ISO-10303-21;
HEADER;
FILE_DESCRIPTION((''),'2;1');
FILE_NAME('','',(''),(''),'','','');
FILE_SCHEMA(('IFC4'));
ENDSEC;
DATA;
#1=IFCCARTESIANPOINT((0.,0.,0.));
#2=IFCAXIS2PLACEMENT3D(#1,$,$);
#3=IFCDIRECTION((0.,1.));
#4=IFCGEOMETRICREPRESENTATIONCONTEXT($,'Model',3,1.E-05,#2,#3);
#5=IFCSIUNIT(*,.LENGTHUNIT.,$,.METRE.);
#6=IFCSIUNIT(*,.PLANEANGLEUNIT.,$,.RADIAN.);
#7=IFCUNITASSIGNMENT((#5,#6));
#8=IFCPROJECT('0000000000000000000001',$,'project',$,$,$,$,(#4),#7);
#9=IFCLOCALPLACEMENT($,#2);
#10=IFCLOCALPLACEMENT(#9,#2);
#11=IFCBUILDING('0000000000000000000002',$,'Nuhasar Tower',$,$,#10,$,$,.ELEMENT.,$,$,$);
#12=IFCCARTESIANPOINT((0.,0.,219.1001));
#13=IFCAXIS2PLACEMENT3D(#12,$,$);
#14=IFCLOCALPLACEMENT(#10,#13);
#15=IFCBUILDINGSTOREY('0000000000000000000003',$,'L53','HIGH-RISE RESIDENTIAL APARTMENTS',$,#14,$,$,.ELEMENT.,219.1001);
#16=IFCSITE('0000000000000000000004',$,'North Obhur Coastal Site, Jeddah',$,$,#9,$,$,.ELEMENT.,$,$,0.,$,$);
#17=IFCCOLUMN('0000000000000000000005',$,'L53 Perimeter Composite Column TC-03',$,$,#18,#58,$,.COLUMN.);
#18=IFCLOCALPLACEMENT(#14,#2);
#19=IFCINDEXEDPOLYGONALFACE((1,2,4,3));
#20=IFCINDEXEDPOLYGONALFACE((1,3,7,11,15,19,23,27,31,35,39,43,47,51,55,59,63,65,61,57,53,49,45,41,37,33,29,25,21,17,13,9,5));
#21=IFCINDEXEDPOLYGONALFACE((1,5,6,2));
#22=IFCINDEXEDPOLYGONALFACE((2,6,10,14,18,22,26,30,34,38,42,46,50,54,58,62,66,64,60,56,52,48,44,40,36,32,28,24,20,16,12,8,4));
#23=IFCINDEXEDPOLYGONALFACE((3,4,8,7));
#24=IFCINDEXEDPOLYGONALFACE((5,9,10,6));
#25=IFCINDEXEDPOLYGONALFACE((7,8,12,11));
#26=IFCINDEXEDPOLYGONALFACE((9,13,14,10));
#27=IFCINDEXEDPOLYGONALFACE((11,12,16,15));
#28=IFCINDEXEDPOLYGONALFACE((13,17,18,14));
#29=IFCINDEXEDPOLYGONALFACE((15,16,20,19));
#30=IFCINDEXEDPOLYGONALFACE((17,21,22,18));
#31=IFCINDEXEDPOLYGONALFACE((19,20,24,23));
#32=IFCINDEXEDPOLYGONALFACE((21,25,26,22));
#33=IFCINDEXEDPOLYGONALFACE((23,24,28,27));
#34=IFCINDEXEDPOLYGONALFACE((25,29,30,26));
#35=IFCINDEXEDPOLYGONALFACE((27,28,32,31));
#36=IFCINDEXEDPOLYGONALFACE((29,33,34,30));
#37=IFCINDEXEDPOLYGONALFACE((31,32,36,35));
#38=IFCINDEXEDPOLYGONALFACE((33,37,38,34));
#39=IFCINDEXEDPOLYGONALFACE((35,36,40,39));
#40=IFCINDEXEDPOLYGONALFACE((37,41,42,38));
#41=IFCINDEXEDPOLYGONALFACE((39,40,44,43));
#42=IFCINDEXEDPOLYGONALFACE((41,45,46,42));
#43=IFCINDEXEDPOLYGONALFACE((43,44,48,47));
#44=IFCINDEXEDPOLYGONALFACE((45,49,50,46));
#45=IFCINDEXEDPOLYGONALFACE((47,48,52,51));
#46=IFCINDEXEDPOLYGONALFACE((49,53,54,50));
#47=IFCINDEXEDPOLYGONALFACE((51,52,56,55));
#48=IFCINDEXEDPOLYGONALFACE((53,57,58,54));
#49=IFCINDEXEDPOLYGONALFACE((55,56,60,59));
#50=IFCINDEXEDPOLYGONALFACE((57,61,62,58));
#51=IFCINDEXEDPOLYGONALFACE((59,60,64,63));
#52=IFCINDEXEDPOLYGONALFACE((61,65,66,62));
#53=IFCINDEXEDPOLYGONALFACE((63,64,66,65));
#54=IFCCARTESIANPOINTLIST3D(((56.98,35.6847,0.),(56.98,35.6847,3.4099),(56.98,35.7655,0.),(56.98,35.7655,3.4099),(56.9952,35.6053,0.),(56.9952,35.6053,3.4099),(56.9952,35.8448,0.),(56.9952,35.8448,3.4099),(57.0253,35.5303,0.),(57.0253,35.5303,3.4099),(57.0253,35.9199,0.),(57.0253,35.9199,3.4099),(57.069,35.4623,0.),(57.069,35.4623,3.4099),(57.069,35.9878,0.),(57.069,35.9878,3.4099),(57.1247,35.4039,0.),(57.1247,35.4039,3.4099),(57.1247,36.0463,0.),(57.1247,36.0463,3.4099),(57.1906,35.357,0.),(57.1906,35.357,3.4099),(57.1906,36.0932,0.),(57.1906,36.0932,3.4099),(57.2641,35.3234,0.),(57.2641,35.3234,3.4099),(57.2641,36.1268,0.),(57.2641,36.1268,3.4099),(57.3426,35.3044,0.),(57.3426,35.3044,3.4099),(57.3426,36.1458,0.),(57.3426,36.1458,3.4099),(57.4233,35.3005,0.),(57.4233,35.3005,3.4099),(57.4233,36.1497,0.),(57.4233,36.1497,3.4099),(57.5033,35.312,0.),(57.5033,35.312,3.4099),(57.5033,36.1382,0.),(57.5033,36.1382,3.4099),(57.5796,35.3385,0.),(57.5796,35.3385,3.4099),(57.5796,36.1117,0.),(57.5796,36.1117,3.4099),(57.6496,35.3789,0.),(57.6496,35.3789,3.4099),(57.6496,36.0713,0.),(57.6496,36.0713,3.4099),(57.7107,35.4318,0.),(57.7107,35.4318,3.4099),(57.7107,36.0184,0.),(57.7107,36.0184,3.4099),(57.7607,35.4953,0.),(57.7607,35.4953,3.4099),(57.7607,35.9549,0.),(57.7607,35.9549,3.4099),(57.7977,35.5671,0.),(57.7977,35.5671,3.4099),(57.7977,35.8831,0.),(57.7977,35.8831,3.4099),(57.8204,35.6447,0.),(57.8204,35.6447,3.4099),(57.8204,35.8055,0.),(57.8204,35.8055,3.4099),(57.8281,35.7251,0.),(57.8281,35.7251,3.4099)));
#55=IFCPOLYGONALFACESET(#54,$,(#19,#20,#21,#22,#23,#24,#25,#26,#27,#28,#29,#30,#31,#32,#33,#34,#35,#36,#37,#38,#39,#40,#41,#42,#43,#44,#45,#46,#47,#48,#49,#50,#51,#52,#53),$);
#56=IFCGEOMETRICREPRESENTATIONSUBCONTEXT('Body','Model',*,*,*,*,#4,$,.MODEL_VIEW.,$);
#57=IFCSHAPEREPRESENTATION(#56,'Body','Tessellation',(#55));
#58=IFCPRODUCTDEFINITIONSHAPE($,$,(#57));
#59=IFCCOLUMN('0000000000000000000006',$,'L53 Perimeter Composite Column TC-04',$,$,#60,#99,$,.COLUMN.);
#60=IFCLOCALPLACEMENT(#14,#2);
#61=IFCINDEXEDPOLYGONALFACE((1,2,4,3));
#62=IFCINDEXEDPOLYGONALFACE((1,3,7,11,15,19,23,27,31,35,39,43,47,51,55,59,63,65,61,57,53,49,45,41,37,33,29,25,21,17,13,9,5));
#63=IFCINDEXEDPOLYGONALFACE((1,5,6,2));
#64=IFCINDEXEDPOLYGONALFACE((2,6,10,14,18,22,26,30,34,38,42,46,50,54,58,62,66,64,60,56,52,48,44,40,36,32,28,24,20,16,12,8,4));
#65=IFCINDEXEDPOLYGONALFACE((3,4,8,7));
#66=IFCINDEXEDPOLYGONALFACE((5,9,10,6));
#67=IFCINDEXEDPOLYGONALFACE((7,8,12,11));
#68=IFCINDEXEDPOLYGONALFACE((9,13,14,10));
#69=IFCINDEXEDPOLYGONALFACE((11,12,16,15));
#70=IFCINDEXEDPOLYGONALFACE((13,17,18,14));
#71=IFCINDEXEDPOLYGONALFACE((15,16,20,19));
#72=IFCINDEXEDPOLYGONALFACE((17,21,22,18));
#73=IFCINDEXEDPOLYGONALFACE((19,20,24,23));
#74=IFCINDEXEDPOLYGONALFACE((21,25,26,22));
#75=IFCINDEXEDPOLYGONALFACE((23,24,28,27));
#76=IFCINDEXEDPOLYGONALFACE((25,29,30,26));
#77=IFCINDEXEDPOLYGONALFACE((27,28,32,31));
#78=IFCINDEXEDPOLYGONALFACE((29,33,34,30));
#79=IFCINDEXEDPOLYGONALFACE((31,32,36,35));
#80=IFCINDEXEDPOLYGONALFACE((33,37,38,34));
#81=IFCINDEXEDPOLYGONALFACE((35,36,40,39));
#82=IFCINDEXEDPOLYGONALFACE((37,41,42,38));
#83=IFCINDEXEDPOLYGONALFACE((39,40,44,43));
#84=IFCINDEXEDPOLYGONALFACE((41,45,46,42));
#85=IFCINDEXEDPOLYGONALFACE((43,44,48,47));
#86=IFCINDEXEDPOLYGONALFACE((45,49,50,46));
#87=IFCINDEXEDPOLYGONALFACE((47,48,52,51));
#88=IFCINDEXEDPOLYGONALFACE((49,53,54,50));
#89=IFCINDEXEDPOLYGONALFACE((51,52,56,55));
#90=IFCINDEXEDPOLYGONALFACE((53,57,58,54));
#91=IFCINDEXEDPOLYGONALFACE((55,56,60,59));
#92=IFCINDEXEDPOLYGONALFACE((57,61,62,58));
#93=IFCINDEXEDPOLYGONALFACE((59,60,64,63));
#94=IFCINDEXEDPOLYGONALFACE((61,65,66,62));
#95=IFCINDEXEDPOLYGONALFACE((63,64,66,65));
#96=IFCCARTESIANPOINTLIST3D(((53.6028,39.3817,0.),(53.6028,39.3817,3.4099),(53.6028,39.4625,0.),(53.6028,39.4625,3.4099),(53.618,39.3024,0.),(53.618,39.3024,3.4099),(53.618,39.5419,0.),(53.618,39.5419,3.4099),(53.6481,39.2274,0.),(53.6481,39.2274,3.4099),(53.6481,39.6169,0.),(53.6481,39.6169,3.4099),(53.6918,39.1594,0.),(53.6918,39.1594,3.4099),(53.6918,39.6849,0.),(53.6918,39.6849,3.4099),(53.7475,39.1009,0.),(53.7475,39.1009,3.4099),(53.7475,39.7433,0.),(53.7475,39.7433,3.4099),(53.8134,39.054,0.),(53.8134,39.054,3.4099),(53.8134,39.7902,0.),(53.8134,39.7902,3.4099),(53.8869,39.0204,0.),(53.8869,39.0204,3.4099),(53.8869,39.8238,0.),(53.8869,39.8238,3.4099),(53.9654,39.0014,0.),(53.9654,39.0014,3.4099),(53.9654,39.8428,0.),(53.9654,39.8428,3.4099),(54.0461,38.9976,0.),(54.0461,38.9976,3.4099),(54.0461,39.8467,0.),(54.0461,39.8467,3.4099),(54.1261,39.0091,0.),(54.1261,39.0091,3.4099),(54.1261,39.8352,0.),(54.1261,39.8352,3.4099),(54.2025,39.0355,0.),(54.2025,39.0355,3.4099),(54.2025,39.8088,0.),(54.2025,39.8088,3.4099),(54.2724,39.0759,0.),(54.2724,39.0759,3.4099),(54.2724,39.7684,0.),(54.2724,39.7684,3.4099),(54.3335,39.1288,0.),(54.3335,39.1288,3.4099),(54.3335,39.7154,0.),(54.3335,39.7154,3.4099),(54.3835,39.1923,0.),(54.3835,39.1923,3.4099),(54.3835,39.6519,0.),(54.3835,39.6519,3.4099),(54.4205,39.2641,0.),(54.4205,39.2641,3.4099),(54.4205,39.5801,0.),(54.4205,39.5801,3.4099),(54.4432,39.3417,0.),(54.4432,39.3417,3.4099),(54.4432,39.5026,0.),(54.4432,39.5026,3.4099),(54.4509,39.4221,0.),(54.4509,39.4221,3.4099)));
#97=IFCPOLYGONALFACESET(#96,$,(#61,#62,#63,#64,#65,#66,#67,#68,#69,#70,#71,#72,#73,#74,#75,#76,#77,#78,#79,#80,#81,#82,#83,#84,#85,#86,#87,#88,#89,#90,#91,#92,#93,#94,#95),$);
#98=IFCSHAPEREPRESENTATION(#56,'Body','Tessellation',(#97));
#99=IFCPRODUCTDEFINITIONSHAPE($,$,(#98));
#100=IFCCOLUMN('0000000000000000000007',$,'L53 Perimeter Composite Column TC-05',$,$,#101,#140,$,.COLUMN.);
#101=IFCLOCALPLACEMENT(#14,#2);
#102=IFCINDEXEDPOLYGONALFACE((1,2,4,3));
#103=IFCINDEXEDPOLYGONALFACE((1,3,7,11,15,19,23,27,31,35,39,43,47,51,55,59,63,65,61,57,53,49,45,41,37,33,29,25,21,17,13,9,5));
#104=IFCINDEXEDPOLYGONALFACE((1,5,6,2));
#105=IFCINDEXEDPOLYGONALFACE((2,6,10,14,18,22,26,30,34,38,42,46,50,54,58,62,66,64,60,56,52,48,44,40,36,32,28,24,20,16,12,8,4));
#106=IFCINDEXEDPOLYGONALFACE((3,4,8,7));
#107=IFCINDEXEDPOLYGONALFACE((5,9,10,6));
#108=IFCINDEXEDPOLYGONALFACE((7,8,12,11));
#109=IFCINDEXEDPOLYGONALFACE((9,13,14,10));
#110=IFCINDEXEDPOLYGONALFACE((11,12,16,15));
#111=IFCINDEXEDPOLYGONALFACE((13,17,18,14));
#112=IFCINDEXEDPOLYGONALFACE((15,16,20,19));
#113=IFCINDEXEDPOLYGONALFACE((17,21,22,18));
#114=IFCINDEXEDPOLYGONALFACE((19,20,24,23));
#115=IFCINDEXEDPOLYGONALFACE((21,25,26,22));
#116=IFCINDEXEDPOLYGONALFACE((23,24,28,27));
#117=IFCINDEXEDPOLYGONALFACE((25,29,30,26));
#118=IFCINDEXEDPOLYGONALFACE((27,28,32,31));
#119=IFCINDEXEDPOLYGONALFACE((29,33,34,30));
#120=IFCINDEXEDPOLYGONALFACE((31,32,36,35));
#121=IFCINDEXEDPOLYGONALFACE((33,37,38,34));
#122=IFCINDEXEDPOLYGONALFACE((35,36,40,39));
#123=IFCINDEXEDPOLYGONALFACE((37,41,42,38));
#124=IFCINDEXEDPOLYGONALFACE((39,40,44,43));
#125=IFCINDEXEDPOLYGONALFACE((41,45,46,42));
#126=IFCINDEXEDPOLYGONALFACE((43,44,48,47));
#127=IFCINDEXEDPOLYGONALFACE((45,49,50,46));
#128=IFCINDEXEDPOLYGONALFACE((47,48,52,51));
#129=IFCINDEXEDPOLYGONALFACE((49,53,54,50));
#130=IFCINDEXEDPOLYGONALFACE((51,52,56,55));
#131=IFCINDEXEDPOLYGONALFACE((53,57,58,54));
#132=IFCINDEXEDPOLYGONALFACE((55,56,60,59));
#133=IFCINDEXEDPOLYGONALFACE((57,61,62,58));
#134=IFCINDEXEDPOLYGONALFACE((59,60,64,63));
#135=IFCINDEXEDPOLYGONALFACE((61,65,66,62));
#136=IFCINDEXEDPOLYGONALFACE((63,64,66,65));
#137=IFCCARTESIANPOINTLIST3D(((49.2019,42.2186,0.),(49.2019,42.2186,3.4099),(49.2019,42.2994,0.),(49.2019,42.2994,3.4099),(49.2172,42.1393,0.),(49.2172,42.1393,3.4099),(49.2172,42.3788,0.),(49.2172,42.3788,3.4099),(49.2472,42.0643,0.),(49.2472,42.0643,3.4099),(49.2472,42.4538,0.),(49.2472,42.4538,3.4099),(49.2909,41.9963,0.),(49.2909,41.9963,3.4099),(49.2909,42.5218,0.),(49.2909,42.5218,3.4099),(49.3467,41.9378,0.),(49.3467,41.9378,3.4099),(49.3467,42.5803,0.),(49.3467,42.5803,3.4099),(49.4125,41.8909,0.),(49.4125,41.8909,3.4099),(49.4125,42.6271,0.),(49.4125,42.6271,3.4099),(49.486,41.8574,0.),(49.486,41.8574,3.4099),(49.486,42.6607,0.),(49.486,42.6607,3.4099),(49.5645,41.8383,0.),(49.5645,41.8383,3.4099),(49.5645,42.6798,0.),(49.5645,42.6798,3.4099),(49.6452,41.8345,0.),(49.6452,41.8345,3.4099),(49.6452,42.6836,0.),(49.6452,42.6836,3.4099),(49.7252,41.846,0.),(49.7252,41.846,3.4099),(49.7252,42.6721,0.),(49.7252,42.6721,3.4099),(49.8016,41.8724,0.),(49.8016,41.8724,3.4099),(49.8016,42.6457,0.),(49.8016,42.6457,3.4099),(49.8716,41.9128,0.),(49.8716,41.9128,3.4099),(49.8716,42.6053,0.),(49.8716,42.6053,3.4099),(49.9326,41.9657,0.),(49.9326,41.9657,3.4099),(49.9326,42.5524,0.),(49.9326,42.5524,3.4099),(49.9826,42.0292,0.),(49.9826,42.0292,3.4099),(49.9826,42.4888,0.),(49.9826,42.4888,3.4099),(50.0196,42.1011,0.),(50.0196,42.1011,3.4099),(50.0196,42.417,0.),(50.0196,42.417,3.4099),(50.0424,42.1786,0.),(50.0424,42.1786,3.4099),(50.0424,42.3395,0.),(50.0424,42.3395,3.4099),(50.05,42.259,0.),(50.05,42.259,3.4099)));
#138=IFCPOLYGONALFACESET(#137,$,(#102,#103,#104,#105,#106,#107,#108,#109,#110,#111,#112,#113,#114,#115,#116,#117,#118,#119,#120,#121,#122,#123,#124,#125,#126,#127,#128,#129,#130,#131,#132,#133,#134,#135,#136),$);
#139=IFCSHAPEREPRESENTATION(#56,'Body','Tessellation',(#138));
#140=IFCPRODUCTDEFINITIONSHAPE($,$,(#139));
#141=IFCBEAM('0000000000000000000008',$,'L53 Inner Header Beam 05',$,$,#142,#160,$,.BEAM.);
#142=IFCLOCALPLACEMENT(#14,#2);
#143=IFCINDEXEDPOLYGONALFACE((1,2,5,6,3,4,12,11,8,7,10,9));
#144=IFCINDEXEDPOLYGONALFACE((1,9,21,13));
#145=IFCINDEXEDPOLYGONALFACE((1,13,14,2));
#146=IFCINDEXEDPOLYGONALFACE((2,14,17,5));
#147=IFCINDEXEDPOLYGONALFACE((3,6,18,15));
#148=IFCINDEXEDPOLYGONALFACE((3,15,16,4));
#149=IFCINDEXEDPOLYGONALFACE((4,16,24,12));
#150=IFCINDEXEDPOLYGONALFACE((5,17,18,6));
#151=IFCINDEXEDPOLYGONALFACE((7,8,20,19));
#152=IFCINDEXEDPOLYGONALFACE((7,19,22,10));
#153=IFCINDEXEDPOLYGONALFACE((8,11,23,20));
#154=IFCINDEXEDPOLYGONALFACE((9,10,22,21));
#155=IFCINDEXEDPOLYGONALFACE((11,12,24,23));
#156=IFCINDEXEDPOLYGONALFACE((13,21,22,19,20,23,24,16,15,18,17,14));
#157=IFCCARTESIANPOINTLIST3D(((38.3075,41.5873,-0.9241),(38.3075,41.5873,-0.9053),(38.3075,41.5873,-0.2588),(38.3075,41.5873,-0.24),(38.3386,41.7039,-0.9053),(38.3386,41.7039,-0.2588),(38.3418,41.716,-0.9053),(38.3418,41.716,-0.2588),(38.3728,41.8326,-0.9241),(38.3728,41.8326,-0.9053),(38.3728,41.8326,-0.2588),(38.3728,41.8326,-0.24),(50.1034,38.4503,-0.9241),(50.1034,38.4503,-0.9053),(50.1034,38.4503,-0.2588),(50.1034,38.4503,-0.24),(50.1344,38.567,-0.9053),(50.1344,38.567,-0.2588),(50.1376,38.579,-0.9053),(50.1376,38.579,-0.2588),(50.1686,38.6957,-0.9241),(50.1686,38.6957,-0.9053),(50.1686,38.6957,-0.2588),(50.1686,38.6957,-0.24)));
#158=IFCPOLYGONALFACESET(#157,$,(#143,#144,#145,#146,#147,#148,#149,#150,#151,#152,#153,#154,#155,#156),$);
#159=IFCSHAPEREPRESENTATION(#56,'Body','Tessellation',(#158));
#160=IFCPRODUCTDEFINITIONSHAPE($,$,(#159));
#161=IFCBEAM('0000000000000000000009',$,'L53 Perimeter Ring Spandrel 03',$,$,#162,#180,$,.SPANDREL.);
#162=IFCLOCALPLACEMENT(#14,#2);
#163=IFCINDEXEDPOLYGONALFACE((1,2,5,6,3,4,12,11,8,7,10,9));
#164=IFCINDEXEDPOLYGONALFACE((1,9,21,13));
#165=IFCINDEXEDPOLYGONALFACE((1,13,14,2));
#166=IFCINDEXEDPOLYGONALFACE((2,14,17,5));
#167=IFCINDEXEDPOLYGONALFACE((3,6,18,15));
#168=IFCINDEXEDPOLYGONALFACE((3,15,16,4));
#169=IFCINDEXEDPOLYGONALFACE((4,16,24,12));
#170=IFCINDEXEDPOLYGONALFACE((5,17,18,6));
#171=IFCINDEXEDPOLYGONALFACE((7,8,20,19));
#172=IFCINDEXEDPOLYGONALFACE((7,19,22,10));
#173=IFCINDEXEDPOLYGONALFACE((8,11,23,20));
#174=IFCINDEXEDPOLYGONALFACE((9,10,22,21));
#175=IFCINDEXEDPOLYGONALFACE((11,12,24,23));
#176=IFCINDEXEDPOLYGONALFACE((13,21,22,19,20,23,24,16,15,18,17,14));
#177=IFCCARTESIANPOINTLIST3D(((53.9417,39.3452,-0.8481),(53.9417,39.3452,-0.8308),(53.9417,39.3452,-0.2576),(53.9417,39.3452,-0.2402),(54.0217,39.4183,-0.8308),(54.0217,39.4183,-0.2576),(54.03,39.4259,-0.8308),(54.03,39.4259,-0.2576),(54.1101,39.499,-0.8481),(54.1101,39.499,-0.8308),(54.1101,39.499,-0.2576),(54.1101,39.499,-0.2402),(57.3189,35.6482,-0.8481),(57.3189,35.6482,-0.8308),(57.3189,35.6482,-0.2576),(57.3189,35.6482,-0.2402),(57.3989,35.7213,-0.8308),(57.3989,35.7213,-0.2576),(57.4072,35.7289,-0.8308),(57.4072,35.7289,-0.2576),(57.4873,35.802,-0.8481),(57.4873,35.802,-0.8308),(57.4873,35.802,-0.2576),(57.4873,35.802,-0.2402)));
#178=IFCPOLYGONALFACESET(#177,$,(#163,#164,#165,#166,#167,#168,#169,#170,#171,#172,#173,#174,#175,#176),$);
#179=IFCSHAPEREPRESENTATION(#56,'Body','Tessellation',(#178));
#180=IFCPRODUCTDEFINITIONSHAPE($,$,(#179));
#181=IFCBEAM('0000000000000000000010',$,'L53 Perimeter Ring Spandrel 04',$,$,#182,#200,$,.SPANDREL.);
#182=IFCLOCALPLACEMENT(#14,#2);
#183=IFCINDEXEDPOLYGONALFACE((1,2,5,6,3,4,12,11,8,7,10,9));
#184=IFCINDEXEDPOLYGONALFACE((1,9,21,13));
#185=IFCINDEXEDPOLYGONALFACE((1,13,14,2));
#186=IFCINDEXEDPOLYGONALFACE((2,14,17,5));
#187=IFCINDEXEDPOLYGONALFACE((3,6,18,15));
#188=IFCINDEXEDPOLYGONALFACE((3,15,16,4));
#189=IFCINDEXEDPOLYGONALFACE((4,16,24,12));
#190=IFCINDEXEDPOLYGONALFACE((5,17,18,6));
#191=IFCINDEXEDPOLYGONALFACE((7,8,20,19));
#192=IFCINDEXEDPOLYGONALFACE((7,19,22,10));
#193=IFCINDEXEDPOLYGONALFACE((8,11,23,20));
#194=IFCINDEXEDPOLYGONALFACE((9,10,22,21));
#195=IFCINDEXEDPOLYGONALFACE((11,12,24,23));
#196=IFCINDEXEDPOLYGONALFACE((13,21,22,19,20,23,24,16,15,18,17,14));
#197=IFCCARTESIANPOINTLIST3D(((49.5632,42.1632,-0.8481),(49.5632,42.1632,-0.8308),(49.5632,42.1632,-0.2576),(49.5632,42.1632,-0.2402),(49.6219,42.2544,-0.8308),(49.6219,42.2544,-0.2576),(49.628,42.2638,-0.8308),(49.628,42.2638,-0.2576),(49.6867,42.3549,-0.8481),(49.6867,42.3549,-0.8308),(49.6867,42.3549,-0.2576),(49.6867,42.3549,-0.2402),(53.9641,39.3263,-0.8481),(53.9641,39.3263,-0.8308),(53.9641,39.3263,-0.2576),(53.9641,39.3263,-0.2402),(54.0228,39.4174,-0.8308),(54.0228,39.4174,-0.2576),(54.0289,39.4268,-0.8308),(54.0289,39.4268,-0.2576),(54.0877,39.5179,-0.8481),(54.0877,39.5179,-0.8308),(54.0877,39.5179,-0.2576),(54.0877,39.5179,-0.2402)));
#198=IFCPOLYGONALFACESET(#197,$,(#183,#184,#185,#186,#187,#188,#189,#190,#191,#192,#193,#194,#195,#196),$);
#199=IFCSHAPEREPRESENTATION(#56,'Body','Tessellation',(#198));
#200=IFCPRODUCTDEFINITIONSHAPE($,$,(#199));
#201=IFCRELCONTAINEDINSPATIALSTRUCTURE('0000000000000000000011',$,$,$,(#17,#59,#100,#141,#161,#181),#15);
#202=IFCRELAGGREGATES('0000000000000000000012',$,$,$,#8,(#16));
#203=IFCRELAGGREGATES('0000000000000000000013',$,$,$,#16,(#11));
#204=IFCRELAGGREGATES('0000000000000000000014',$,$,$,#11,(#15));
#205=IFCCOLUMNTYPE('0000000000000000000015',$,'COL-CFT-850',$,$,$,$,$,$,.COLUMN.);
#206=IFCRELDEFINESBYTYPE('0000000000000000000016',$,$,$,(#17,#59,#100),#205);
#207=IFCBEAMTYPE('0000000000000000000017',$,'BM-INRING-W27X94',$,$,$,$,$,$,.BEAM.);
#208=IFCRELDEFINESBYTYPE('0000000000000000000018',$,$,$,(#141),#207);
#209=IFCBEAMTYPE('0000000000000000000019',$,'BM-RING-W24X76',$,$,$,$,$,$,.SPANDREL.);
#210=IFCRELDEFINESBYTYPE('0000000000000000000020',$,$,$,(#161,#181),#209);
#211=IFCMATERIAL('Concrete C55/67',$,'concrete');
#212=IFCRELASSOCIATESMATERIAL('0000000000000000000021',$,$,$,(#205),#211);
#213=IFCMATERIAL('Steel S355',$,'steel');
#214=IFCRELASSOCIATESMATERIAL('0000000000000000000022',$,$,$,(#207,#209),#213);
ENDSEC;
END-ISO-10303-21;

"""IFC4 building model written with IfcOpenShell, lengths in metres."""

from ifc_helpers import new_model, si_unit, direction, frame, origin, origin_2d, place, context, subcontext, project, spatial, circle, i_section, extrude, material, material_profile, profile_set, type_object, element, save


model = new_model("IFC4")

# Units and contexts
model_context = context("Model", 3, precision=1e-05, world=origin(), true_north=direction((0.0, 1.0)))
body_context = subcontext(model_context, "Body", "Model", "MODEL_VIEW")
ifc_project = project(units=[si_unit("LENGTHUNIT", "METRE"), si_unit("PLANEANGLEUNIT", "RADIAN")], contexts=[model_context])

# Site, building, storey
site_placement = place(None, origin())
site = spatial("IfcSite", under=ifc_project, at=site_placement, Name="North Obhur Coastal Site, Jeddah", CompositionType="ELEMENT", RefElevation=0.0)
building_placement = place(site_placement, origin())
building = spatial("IfcBuilding", under=site, at=building_placement, Name="Nuhasar Tower", CompositionType="ELEMENT")
storey_placement = place(building_placement, frame((0.0, 0.0, 219.1001)))
storey = spatial("IfcBuildingStorey", under=building, at=storey_placement, Name="L53", Description="HIGH-RISE RESIDENTIAL APARTMENTS", CompositionType="ELEMENT", Elevation=219.1001)

# Columns
ifc_material_1 = material(Name="Concrete C55/67", Category="concrete")
ifc_material_profile_1 = material_profile(ifc_material_1, circle(Radius=0.425, at=origin_2d()), Name="CFT850")
ifc_profile_set_1 = profile_set([ifc_material_profile_1], Name="Concrete C55/67")
column_type = type_object("IfcColumnType", Name="COL-CFT-850", PredefinedType="COLUMN", material=ifc_profile_set_1)
for number, where, z_axis, x_axis, name in (
    (1, (57.4031, 35.7251, 0.0), (0.0, 0.0, 1.0), (1.0, 0.0, 0.0), "L53 Perimeter Composite Column TC-03"),
    (2, (54.0259, 39.4221, 0.0), (0.0, 0.0, 1.0), (1.0, 0.0, 0.0), "L53 Perimeter Composite Column TC-04"),
    (3, (49.625, 42.259, 0.0), (0.0, 0.0, 1.0), (1.0, 0.0, 0.0), "L53 Perimeter Composite Column TC-05"),
):
    element("IfcColumn", number, at=place(storey_placement, frame(where, z_axis=z_axis, x_axis=x_axis)), inside=storey, type_object=column_type, Name=name, PredefinedType="COLUMN", context=body_context, shape_type="SweptSolid", body=[
        extrude(circle(Radius=0.425, at=origin_2d()), origin(), (0.0, 0.0, 1.0), 3.4099),
    ])

# Beams
ifc_material_2 = material(Name="Steel S355", Category="steel")
ifc_material_profile_2 = material_profile(ifc_material_2, i_section(OverallWidth=0.2539, OverallDepth=0.6841, WebThickness=0.0125, FlangeThickness=0.0188, at=origin_2d()), Name="W27X94")
ifc_profile_set_2 = profile_set([ifc_material_profile_2], Name="Steel S355")
beam_type_1 = type_object("IfcBeamType", Name="BM-INRING-W27X94", PredefinedType="BEAM", material=ifc_profile_set_2)
beam_1_placement = place(storey_placement, frame((50.136, 38.573, -0.582), z_axis=(-0.96641, 0.257004, 0.0), x_axis=(-0.257004, -0.96641, 0.0)))
element("IfcBeam", 4, at=beam_1_placement, inside=storey, type_object=beam_type_1, Name="L53 Inner Header Beam 05", PredefinedType="BEAM", context=body_context, shape_type="SweptSolid", body=[
    extrude(i_section(OverallWidth=0.2539, OverallDepth=0.6841, WebThickness=0.0125, FlangeThickness=0.0188, at=origin_2d()), origin(), (0.0, 0.0, 1.0), 12.2058),
])
ifc_material_profile_3 = material_profile(ifc_material_2, i_section(OverallWidth=0.228, OverallDepth=0.6079, WebThickness=0.0112, FlangeThickness=0.0173, at=origin_2d()), Name="W24X76")
ifc_profile_set_3 = profile_set([ifc_material_profile_3], Name="Steel S355")
beam_type_2 = type_object("IfcBeamType", Name="BM-RING-W24X76", PredefinedType="SPANDREL", material=ifc_profile_set_3)
beam_2_placement = place(storey_placement, frame((57.4031, 35.7251, -0.5442), z_axis=(-0.67445, 0.738321, 0.0), x_axis=(-0.738321, -0.67445, 0.0)))
element("IfcBeam", 5, at=beam_2_placement, inside=storey, type_object=beam_type_2, Name="L53 Perimeter Ring Spandrel 03", PredefinedType="SPANDREL", context=body_context, shape_type="SweptSolid", body=[
    extrude(i_section(OverallWidth=0.228, OverallDepth=0.6079, WebThickness=0.0112, FlangeThickness=0.0173, at=origin_2d()), origin(), (0.0, 0.0, 1.0), 5.0073),
])
beam_3_placement = place(storey_placement, frame((54.0259, 39.4221, -0.5442), z_axis=(-0.840502, 0.541808, 0.0), x_axis=(-0.541808, -0.840502, 0.0)))
element("IfcBeam", 6, at=beam_3_placement, inside=storey, type_object=beam_type_2, Name="L53 Perimeter Ring Spandrel 04", PredefinedType="SPANDREL", context=body_context, shape_type="SweptSolid", body=[
    extrude(i_section(OverallWidth=0.228, OverallDepth=0.6079, WebThickness=0.0112, FlangeThickness=0.0173, at=origin_2d()), origin(), (0.0, 0.0, 1.0), 5.2361),
])

save(model, "model.ifc")
